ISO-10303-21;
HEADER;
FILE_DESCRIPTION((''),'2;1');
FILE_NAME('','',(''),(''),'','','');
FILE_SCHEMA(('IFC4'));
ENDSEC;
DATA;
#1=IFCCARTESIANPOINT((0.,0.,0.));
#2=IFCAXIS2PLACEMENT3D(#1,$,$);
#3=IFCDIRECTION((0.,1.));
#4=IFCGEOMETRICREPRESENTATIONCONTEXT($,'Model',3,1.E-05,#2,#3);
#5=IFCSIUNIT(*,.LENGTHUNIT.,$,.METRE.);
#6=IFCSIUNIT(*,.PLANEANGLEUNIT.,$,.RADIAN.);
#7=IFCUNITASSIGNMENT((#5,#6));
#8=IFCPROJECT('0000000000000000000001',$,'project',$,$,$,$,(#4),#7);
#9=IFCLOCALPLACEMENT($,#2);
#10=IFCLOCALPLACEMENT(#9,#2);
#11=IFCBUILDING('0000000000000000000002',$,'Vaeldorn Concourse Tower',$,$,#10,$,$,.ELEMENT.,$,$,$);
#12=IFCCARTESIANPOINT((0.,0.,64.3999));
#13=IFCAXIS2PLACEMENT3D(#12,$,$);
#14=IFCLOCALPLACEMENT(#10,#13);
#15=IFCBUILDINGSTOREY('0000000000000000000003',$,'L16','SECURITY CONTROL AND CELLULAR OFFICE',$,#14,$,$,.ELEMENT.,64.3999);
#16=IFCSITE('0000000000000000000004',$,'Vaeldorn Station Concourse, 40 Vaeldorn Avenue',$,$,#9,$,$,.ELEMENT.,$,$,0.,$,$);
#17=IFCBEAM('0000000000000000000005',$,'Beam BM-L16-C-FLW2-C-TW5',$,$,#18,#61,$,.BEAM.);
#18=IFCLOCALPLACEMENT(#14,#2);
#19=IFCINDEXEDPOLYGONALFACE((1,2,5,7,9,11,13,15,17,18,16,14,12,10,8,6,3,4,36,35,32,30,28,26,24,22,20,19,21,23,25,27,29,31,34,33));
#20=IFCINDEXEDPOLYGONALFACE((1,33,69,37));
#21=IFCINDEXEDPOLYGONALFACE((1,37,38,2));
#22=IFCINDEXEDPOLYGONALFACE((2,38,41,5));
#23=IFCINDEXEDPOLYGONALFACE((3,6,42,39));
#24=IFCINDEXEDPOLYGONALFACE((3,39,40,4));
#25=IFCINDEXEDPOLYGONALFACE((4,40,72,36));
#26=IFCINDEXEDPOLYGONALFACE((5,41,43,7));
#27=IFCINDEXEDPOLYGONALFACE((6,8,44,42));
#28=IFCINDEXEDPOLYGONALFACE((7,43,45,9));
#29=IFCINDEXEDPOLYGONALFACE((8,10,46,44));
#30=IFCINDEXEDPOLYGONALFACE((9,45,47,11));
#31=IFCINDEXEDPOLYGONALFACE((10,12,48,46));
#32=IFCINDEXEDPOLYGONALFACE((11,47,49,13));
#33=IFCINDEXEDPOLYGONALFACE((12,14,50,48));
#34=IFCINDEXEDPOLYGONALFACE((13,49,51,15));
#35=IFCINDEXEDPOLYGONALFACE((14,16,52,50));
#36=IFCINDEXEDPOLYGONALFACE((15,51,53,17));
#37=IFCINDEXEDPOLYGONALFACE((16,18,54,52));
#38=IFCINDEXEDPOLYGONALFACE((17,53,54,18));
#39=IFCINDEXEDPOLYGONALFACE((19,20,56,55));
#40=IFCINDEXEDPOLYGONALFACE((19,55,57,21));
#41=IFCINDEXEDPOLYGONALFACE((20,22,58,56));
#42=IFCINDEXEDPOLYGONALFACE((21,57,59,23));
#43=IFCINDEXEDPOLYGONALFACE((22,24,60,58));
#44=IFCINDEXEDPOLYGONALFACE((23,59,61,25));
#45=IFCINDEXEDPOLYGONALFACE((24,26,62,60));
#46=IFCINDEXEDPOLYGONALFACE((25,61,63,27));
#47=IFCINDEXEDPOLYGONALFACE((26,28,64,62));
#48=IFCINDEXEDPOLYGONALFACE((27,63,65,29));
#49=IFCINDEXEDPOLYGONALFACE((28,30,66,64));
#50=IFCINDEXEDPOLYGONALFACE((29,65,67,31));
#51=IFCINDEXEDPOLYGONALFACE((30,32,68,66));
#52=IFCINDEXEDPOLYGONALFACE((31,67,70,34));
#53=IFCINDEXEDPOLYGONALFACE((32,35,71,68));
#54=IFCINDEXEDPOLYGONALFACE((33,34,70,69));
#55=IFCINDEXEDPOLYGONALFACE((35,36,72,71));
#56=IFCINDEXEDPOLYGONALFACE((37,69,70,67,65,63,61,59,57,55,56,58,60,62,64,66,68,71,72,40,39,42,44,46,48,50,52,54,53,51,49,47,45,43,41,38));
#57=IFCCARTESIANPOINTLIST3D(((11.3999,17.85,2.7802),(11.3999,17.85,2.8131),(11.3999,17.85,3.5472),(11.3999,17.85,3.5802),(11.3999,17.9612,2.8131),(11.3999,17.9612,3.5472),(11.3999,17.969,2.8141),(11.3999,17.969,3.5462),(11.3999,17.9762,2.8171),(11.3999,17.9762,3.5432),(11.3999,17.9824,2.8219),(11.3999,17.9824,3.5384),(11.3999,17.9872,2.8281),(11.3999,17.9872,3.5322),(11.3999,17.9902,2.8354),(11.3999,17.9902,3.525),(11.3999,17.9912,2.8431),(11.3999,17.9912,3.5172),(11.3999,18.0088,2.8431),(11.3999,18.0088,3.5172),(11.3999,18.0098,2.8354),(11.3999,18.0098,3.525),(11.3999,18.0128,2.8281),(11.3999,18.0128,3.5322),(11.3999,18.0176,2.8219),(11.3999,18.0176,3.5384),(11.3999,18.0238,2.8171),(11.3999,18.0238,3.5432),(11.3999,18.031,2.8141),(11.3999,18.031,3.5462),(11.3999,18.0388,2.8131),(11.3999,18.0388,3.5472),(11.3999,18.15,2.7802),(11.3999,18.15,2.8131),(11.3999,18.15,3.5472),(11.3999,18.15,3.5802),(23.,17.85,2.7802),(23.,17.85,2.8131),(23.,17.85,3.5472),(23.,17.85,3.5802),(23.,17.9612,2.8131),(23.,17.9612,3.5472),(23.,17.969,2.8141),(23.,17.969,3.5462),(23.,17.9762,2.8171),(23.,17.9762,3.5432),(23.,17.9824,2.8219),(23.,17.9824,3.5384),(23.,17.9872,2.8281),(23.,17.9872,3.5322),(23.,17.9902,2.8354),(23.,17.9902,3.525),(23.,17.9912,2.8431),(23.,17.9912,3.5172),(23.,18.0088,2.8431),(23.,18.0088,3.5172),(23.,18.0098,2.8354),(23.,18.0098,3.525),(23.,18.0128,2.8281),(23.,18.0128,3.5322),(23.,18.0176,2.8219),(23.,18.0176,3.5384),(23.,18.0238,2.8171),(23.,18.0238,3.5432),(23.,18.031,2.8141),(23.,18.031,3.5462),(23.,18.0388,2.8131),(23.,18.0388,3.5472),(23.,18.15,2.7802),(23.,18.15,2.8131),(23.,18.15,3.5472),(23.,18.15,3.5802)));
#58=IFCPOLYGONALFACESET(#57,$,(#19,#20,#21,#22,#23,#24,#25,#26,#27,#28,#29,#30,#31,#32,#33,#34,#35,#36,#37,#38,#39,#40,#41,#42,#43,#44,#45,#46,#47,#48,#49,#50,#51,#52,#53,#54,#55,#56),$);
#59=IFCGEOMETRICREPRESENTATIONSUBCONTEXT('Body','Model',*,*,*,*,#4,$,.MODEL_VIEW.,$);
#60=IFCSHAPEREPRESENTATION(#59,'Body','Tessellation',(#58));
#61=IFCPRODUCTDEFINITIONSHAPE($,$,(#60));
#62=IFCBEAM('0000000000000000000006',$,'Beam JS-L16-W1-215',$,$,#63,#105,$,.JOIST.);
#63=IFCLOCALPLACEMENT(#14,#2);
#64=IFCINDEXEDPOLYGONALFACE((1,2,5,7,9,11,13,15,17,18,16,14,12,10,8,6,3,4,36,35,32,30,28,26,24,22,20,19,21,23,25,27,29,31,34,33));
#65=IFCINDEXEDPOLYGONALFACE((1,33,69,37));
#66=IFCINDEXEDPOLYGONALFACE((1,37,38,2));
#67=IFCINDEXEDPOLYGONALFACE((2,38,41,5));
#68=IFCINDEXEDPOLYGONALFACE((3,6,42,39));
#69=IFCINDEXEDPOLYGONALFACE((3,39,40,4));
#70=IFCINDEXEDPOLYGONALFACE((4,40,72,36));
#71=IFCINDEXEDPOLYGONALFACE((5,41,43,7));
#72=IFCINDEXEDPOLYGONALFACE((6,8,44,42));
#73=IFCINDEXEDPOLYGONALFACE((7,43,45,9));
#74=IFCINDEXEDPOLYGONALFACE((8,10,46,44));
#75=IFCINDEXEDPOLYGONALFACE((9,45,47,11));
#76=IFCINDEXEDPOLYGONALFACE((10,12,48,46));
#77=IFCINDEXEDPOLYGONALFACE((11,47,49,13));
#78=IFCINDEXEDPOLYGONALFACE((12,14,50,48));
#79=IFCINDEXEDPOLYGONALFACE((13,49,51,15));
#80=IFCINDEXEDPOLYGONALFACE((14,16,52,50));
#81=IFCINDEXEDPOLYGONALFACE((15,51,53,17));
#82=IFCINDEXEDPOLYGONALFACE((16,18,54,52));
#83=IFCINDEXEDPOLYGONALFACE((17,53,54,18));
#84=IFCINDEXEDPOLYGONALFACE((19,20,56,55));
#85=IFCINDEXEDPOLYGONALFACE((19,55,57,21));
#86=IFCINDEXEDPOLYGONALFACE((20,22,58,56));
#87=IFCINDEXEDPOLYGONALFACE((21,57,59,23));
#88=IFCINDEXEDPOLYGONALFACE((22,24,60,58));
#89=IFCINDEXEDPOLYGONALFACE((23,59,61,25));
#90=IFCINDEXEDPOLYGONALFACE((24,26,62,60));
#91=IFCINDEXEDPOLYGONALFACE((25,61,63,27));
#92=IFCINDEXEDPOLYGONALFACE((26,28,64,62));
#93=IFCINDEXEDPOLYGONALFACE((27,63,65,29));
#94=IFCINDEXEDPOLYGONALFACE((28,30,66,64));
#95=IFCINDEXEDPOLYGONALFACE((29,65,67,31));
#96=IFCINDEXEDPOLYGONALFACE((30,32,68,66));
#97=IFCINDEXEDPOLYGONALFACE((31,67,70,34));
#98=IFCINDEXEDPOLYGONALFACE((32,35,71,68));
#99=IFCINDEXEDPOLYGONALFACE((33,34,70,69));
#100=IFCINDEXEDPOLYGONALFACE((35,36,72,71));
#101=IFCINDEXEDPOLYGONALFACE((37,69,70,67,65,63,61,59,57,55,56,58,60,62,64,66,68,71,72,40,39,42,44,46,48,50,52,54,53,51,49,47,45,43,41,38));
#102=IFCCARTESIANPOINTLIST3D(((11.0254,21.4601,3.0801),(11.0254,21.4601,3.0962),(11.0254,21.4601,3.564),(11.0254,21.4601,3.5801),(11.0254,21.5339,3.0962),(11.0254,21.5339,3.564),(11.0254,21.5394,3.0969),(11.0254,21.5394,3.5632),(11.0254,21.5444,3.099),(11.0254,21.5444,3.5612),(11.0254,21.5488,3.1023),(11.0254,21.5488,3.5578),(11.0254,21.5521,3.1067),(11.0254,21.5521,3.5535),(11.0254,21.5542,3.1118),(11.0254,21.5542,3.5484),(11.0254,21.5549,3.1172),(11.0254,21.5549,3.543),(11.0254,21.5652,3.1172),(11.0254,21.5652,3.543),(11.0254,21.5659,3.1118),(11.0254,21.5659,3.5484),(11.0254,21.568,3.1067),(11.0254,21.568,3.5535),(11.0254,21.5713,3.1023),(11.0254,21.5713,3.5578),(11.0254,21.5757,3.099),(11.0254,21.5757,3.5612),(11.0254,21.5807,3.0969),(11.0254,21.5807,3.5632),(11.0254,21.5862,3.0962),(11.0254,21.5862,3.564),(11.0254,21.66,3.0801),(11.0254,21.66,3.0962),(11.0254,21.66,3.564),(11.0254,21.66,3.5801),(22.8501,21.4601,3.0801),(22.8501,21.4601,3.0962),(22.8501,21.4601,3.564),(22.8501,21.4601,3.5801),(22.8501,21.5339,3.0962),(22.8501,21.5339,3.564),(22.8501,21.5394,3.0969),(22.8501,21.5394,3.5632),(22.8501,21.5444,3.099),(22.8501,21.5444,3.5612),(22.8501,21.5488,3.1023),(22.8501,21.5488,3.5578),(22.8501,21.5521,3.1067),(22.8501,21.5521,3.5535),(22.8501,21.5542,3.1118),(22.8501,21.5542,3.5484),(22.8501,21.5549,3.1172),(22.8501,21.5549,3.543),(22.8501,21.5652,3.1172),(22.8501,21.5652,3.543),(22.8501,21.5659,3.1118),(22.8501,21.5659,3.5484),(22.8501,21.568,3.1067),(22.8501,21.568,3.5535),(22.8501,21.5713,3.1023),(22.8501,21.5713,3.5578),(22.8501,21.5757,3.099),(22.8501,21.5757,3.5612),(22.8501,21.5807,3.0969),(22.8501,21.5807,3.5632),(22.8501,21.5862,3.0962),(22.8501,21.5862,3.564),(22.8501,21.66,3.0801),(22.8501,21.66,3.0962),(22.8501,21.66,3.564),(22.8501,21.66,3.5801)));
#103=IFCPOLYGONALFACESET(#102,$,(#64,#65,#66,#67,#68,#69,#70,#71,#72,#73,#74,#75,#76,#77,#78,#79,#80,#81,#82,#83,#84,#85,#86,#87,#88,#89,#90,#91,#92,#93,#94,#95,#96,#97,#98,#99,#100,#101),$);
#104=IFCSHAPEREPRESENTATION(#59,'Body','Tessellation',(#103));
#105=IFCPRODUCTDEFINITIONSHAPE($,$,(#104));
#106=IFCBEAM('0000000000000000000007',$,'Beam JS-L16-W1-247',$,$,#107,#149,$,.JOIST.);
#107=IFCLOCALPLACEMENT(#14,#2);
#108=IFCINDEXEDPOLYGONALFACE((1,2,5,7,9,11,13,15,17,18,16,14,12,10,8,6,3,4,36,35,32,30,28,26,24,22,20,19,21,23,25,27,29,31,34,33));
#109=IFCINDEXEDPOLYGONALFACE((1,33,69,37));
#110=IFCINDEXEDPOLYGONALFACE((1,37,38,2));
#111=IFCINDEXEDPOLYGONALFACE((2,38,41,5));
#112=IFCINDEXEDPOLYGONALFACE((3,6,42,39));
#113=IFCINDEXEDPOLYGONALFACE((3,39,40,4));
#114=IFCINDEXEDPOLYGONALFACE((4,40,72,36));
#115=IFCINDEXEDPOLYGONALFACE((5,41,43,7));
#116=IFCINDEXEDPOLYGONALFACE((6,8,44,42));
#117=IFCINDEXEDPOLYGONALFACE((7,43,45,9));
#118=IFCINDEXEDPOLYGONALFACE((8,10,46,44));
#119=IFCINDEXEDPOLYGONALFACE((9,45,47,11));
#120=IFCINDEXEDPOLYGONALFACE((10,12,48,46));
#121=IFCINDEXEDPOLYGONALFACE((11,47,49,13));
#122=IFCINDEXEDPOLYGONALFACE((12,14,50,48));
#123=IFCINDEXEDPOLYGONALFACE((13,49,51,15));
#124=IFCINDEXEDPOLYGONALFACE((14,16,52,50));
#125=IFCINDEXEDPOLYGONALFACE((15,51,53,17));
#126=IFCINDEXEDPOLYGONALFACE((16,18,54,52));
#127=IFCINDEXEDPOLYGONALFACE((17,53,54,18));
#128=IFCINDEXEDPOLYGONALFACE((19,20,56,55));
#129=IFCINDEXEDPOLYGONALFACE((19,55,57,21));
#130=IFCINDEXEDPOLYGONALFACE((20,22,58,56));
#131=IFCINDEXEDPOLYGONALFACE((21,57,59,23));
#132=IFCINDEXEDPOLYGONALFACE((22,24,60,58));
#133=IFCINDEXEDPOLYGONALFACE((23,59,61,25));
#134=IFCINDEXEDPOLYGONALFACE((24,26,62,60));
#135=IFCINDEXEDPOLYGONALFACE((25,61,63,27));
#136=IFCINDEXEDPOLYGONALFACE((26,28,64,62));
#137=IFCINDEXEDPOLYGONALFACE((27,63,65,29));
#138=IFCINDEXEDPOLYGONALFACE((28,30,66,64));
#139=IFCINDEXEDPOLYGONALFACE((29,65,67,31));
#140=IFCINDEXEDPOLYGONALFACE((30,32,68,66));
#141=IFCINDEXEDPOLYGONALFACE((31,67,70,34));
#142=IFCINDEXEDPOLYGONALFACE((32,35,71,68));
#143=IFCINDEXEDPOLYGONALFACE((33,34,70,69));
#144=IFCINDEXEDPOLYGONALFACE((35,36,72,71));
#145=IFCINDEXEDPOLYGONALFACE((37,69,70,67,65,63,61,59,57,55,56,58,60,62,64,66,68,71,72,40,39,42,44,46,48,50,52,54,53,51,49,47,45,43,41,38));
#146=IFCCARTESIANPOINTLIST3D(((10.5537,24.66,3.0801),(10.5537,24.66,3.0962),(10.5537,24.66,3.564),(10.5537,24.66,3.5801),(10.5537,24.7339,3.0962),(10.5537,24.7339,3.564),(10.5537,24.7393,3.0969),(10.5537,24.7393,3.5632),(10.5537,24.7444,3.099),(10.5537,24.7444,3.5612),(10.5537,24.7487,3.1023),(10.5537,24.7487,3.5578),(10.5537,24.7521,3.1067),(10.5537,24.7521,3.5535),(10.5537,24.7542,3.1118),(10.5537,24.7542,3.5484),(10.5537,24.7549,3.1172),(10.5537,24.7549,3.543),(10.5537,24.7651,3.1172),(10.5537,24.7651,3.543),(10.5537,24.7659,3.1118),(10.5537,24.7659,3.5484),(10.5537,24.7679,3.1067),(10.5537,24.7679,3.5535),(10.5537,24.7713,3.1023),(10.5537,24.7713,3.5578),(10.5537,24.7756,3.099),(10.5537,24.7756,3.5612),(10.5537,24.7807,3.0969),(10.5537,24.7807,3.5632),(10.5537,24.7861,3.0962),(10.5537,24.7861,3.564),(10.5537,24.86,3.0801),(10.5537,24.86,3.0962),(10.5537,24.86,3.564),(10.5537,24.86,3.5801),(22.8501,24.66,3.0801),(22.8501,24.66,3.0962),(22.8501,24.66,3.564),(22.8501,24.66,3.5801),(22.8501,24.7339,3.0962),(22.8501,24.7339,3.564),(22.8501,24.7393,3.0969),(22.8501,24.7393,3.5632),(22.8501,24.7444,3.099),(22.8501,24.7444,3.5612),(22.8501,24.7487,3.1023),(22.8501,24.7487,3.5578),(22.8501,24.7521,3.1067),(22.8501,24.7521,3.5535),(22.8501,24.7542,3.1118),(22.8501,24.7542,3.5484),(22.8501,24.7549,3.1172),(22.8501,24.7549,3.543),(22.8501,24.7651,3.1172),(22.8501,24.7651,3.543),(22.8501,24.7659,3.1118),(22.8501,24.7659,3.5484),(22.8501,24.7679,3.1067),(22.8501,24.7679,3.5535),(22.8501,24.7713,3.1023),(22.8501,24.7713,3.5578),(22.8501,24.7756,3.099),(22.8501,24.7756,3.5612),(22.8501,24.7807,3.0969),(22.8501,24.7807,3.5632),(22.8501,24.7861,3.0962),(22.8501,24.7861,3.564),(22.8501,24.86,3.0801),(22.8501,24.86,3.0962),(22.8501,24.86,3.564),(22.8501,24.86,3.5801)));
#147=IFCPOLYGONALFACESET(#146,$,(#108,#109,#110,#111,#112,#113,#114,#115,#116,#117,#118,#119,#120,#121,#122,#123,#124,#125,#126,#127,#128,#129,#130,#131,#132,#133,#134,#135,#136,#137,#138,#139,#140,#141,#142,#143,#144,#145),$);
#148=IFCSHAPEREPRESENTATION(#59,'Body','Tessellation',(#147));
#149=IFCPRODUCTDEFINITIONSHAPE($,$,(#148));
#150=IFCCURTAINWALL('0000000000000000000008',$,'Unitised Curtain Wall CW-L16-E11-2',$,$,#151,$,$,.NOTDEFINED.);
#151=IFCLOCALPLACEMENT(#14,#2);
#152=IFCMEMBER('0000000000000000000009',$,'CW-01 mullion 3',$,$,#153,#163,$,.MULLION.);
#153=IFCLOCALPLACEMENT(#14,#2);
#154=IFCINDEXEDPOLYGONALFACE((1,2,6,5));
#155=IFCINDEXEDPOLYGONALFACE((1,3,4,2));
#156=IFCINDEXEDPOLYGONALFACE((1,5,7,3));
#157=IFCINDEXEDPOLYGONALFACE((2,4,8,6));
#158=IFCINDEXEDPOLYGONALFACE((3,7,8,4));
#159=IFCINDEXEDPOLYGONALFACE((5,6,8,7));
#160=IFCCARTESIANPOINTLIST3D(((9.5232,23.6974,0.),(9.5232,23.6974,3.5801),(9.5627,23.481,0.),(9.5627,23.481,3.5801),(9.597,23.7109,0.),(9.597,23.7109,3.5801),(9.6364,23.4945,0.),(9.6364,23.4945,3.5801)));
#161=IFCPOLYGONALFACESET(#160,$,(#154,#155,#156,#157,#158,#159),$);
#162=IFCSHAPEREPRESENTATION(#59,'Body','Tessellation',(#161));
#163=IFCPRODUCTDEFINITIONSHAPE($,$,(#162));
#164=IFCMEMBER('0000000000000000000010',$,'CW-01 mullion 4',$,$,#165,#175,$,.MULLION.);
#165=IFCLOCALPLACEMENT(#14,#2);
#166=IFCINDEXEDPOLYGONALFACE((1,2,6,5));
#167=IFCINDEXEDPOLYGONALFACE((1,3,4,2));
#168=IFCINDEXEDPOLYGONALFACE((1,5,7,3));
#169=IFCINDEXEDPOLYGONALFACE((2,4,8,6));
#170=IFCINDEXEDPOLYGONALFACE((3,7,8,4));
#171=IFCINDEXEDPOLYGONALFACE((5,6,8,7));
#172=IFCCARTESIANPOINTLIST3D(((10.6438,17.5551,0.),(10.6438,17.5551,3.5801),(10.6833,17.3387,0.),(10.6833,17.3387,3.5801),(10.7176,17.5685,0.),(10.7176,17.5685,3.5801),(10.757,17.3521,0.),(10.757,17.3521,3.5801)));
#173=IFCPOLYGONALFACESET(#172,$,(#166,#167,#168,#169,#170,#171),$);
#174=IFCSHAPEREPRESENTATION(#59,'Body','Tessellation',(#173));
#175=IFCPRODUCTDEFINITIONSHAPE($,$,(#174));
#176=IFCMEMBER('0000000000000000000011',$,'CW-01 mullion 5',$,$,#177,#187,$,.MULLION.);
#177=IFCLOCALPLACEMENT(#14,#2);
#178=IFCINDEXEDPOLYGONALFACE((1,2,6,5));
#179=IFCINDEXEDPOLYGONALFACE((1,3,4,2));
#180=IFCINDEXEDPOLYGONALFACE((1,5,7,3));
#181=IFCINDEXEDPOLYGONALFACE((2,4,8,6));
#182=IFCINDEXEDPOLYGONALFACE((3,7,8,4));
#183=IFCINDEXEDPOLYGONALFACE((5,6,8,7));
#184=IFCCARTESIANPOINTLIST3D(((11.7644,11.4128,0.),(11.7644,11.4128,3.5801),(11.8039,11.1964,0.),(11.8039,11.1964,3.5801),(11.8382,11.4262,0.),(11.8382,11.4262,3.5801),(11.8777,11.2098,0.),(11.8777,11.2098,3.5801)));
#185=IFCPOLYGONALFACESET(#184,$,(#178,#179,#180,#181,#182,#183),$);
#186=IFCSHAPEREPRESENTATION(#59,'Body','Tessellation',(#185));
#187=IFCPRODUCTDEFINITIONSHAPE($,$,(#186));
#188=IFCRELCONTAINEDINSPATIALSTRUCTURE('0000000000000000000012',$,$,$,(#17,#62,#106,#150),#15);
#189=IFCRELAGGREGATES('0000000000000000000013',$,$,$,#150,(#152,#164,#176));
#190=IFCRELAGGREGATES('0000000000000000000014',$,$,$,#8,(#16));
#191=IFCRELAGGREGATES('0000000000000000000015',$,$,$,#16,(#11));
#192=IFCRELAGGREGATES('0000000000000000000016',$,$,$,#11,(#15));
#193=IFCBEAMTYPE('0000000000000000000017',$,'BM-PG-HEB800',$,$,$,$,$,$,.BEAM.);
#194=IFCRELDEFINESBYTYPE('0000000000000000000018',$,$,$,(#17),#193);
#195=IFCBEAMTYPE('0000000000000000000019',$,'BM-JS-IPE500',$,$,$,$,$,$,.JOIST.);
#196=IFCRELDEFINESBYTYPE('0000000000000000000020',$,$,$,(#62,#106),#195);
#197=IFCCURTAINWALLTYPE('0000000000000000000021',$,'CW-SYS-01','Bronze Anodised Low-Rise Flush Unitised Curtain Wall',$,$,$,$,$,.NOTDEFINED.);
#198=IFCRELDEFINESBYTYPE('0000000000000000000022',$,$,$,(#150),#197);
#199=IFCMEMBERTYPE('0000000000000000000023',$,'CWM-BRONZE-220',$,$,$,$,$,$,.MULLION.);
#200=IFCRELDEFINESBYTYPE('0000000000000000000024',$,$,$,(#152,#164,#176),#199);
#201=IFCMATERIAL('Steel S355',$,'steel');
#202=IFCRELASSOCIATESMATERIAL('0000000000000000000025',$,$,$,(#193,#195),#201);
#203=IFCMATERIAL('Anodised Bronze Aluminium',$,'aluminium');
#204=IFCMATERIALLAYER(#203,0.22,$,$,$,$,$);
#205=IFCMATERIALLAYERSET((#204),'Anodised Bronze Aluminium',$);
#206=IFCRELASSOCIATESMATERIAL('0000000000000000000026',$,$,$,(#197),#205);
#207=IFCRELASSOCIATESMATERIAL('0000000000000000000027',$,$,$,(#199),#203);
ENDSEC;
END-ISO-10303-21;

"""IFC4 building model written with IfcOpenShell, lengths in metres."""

from ifc_helpers import new_model, si_unit, direction, frame, origin, origin_2d, place, context, subcontext, project, spatial, rectangle, i_section, extrude, source, transform, mapped, material, layer, layer_set, material_profile, profile_set, type_object, element, aggregate, save


model = new_model("IFC4")

# Units and contexts
model_context = context("Model", 3, precision=1e-05, world=origin(), true_north=direction((0.0, 1.0)))
body_context = subcontext(model_context, "Body", "Model", "MODEL_VIEW")
ifc_project = project(units=[si_unit("LENGTHUNIT", "METRE"), si_unit("PLANEANGLEUNIT", "RADIAN")], contexts=[model_context])

# Site, building, storey
site_placement = place(None, origin())
site = spatial("IfcSite", under=ifc_project, at=site_placement, Name="Vaeldorn Station Concourse, 40 Vaeldorn Avenue", CompositionType="ELEMENT", RefElevation=0.0)
building_placement = place(site_placement, origin())
building = spatial("IfcBuilding", under=site, at=building_placement, Name="Vaeldorn Concourse Tower", CompositionType="ELEMENT")
storey_placement = place(building_placement, frame((0.0, 0.0, 64.3999)))
storey = spatial("IfcBuildingStorey", under=building, at=storey_placement, Name="L16", Description="SECURITY CONTROL AND CELLULAR OFFICE", CompositionType="ELEMENT", Elevation=64.3999)

# Beams
ifc_material_1 = material(Name="Steel S355", Category="steel")
ifc_material_profile_1 = material_profile(ifc_material_1, i_section(OverallWidth=0.3, OverallDepth=0.8, WebThickness=0.0176, FlangeThickness=0.033, FilletRadius=0.03, at=origin_2d()), Name="HEB 800")
ifc_profile_set_1 = profile_set([ifc_material_profile_1], Name="Steel S355")
beam_type_1 = type_object("IfcBeamType", Name="BM-PG-HEB800", PredefinedType="BEAM", material=ifc_profile_set_1)
shared_shape_1 = source(origin(), body_context, "Body", "SweptSolid", [
    extrude(i_section(OverallWidth=0.3, OverallDepth=0.8, WebThickness=0.0176, FlangeThickness=0.033, FilletRadius=0.03, at=origin_2d()), origin(), (0.0, 0.0, 1.0), 11.6001),
])
beam_1_placement = place(storey_placement, frame((11.3999, 18.0, 3.1802), z_axis=(1.0, 0.0, 0.0), x_axis=(0.0, 1.0, 0.0)))
element("IfcBeam", 1, at=beam_1_placement, inside=storey, type_object=beam_type_1, Name="Beam BM-L16-C-FLW2-C-TW5", PredefinedType="BEAM", context=body_context, shape_type="MappedRepresentation", body=[
    mapped(shared_shape_1, transform((0.0, 0.0, 0.0), scale=1.0)),
])
ifc_material_profile_2 = material_profile(ifc_material_1, i_section(OverallWidth=0.2, OverallDepth=0.5, WebThickness=0.0103, FlangeThickness=0.0161, FilletRadius=0.021, at=origin_2d()), Name="IPE 500")
ifc_profile_set_2 = profile_set([ifc_material_profile_2], Name="Steel S355")
beam_type_2 = type_object("IfcBeamType", Name="BM-JS-IPE500", PredefinedType="JOIST", material=ifc_profile_set_2)
shared_shape_2 = source(origin(), body_context, "Body", "SweptSolid", [
    extrude(i_section(OverallWidth=0.2, OverallDepth=0.5, WebThickness=0.0103, FlangeThickness=0.0161, FilletRadius=0.021, at=origin_2d()), origin(), (0.0, 0.0, 1.0), 11.8247),
])
beam_2_placement = place(storey_placement, frame((11.0254, 21.5601, 3.3301), z_axis=(1.0, 0.0, 0.0), x_axis=(0.0, 1.0, 0.0)))
element("IfcBeam", 2, at=beam_2_placement, inside=storey, type_object=beam_type_2, Name="Beam JS-L16-W1-215", PredefinedType="JOIST", context=body_context, shape_type="MappedRepresentation", body=[
    mapped(shared_shape_2, transform((0.0, 0.0, 0.0), scale=1.0)),
])
shared_shape_3 = source(origin(), body_context, "Body", "SweptSolid", [
    extrude(i_section(OverallWidth=0.2, OverallDepth=0.5, WebThickness=0.0103, FlangeThickness=0.0161, FilletRadius=0.021, at=origin_2d()), origin(), (0.0, 0.0, 1.0), 12.2964),
])
beam_3_placement = place(storey_placement, frame((10.5537, 24.76, 3.3301), z_axis=(1.0, 0.0, 0.0), x_axis=(0.0, 1.0, 0.0)))
element("IfcBeam", 3, at=beam_3_placement, inside=storey, type_object=beam_type_2, Name="Beam JS-L16-W1-247", PredefinedType="JOIST", context=body_context, shape_type="MappedRepresentation", body=[
    mapped(shared_shape_3, transform((0.0, 0.0, 0.0), scale=1.0)),
])

# Curtain wall, members
ifc_material_2 = material(Name="Anodised Bronze Aluminium", Category="aluminium")
ifc_layer_1 = layer(ifc_material_2, 0.22)
ifc_layer_set_1 = layer_set([ifc_layer_1], Name="Anodised Bronze Aluminium")
curtain_wall_type = type_object("IfcCurtainWallType", Name="CW-SYS-01", Description="Bronze Anodised Low-Rise Flush Unitised Curtain Wall", PredefinedType="NOTDEFINED", material=ifc_layer_set_1)
curtain_wall_placement = place(storey_placement, origin())
curtain_wall = element("IfcCurtainWall", 4, at=curtain_wall_placement, inside=storey, type_object=curtain_wall_type, Name="Unitised Curtain Wall CW-L16-E11-2", PredefinedType="NOTDEFINED")
ifc_material_profile_3 = material_profile(ifc_material_2, rectangle(XDim=0.075, YDim=0.22, at=origin_2d()), Name="CWM 75x220")
ifc_profile_set_3 = profile_set([ifc_material_profile_3], Name="Anodised Bronze Aluminium")
member_type_1 = type_object("IfcMemberType", Name="CWM-BRONZE-220", PredefinedType="MULLION", material=ifc_profile_set_3)
shared_shape_4 = source(origin(), body_context, "Body", "SweptSolid", [
    extrude(rectangle(XDim=0.075, YDim=0.22, at=origin_2d()), origin(), (0.0, 0.0, 1.0), 3.5801),
])
member_1_placement = place(storey_placement, frame((9.5798, 23.5959, 0.0), z_axis=(0.0, 0.0, 1.0), x_axis=(0.983763, 0.179474, 0.0)))
member_1 = element("IfcMember", 5, at=member_1_placement, type_object=member_type_1, Name="CW-01 mullion 3", PredefinedType="MULLION", context=body_context, shape_type="MappedRepresentation", body=[
    mapped(shared_shape_4, transform((0.0, 0.0, 0.0), scale=1.0)),
])
member_2_placement = place(storey_placement, frame((10.7004, 17.4536, 0.0), z_axis=(0.0, 0.0, 1.0), x_axis=(0.983763, 0.179474, 0.0)))
member_2 = element("IfcMember", 6, at=member_2_placement, type_object=member_type_1, Name="CW-01 mullion 4", PredefinedType="MULLION", context=body_context, shape_type="MappedRepresentation", body=[
    mapped(shared_shape_4, transform((0.0, 0.0, 0.0), scale=1.0)),
])
member_3_placement = place(storey_placement, frame((11.821, 11.3113, 0.0), z_axis=(0.0, 0.0, 1.0), x_axis=(0.983763, 0.179474, 0.0)))
member_3 = element("IfcMember", 7, at=member_3_placement, type_object=member_type_1, Name="CW-01 mullion 5", PredefinedType="MULLION", context=body_context, shape_type="MappedRepresentation", body=[
    mapped(shared_shape_4, transform((0.0, 0.0, 0.0), scale=1.0)),
])
aggregate(curtain_wall, [member_1, member_2, member_3])

save(model, "model.ifc")
